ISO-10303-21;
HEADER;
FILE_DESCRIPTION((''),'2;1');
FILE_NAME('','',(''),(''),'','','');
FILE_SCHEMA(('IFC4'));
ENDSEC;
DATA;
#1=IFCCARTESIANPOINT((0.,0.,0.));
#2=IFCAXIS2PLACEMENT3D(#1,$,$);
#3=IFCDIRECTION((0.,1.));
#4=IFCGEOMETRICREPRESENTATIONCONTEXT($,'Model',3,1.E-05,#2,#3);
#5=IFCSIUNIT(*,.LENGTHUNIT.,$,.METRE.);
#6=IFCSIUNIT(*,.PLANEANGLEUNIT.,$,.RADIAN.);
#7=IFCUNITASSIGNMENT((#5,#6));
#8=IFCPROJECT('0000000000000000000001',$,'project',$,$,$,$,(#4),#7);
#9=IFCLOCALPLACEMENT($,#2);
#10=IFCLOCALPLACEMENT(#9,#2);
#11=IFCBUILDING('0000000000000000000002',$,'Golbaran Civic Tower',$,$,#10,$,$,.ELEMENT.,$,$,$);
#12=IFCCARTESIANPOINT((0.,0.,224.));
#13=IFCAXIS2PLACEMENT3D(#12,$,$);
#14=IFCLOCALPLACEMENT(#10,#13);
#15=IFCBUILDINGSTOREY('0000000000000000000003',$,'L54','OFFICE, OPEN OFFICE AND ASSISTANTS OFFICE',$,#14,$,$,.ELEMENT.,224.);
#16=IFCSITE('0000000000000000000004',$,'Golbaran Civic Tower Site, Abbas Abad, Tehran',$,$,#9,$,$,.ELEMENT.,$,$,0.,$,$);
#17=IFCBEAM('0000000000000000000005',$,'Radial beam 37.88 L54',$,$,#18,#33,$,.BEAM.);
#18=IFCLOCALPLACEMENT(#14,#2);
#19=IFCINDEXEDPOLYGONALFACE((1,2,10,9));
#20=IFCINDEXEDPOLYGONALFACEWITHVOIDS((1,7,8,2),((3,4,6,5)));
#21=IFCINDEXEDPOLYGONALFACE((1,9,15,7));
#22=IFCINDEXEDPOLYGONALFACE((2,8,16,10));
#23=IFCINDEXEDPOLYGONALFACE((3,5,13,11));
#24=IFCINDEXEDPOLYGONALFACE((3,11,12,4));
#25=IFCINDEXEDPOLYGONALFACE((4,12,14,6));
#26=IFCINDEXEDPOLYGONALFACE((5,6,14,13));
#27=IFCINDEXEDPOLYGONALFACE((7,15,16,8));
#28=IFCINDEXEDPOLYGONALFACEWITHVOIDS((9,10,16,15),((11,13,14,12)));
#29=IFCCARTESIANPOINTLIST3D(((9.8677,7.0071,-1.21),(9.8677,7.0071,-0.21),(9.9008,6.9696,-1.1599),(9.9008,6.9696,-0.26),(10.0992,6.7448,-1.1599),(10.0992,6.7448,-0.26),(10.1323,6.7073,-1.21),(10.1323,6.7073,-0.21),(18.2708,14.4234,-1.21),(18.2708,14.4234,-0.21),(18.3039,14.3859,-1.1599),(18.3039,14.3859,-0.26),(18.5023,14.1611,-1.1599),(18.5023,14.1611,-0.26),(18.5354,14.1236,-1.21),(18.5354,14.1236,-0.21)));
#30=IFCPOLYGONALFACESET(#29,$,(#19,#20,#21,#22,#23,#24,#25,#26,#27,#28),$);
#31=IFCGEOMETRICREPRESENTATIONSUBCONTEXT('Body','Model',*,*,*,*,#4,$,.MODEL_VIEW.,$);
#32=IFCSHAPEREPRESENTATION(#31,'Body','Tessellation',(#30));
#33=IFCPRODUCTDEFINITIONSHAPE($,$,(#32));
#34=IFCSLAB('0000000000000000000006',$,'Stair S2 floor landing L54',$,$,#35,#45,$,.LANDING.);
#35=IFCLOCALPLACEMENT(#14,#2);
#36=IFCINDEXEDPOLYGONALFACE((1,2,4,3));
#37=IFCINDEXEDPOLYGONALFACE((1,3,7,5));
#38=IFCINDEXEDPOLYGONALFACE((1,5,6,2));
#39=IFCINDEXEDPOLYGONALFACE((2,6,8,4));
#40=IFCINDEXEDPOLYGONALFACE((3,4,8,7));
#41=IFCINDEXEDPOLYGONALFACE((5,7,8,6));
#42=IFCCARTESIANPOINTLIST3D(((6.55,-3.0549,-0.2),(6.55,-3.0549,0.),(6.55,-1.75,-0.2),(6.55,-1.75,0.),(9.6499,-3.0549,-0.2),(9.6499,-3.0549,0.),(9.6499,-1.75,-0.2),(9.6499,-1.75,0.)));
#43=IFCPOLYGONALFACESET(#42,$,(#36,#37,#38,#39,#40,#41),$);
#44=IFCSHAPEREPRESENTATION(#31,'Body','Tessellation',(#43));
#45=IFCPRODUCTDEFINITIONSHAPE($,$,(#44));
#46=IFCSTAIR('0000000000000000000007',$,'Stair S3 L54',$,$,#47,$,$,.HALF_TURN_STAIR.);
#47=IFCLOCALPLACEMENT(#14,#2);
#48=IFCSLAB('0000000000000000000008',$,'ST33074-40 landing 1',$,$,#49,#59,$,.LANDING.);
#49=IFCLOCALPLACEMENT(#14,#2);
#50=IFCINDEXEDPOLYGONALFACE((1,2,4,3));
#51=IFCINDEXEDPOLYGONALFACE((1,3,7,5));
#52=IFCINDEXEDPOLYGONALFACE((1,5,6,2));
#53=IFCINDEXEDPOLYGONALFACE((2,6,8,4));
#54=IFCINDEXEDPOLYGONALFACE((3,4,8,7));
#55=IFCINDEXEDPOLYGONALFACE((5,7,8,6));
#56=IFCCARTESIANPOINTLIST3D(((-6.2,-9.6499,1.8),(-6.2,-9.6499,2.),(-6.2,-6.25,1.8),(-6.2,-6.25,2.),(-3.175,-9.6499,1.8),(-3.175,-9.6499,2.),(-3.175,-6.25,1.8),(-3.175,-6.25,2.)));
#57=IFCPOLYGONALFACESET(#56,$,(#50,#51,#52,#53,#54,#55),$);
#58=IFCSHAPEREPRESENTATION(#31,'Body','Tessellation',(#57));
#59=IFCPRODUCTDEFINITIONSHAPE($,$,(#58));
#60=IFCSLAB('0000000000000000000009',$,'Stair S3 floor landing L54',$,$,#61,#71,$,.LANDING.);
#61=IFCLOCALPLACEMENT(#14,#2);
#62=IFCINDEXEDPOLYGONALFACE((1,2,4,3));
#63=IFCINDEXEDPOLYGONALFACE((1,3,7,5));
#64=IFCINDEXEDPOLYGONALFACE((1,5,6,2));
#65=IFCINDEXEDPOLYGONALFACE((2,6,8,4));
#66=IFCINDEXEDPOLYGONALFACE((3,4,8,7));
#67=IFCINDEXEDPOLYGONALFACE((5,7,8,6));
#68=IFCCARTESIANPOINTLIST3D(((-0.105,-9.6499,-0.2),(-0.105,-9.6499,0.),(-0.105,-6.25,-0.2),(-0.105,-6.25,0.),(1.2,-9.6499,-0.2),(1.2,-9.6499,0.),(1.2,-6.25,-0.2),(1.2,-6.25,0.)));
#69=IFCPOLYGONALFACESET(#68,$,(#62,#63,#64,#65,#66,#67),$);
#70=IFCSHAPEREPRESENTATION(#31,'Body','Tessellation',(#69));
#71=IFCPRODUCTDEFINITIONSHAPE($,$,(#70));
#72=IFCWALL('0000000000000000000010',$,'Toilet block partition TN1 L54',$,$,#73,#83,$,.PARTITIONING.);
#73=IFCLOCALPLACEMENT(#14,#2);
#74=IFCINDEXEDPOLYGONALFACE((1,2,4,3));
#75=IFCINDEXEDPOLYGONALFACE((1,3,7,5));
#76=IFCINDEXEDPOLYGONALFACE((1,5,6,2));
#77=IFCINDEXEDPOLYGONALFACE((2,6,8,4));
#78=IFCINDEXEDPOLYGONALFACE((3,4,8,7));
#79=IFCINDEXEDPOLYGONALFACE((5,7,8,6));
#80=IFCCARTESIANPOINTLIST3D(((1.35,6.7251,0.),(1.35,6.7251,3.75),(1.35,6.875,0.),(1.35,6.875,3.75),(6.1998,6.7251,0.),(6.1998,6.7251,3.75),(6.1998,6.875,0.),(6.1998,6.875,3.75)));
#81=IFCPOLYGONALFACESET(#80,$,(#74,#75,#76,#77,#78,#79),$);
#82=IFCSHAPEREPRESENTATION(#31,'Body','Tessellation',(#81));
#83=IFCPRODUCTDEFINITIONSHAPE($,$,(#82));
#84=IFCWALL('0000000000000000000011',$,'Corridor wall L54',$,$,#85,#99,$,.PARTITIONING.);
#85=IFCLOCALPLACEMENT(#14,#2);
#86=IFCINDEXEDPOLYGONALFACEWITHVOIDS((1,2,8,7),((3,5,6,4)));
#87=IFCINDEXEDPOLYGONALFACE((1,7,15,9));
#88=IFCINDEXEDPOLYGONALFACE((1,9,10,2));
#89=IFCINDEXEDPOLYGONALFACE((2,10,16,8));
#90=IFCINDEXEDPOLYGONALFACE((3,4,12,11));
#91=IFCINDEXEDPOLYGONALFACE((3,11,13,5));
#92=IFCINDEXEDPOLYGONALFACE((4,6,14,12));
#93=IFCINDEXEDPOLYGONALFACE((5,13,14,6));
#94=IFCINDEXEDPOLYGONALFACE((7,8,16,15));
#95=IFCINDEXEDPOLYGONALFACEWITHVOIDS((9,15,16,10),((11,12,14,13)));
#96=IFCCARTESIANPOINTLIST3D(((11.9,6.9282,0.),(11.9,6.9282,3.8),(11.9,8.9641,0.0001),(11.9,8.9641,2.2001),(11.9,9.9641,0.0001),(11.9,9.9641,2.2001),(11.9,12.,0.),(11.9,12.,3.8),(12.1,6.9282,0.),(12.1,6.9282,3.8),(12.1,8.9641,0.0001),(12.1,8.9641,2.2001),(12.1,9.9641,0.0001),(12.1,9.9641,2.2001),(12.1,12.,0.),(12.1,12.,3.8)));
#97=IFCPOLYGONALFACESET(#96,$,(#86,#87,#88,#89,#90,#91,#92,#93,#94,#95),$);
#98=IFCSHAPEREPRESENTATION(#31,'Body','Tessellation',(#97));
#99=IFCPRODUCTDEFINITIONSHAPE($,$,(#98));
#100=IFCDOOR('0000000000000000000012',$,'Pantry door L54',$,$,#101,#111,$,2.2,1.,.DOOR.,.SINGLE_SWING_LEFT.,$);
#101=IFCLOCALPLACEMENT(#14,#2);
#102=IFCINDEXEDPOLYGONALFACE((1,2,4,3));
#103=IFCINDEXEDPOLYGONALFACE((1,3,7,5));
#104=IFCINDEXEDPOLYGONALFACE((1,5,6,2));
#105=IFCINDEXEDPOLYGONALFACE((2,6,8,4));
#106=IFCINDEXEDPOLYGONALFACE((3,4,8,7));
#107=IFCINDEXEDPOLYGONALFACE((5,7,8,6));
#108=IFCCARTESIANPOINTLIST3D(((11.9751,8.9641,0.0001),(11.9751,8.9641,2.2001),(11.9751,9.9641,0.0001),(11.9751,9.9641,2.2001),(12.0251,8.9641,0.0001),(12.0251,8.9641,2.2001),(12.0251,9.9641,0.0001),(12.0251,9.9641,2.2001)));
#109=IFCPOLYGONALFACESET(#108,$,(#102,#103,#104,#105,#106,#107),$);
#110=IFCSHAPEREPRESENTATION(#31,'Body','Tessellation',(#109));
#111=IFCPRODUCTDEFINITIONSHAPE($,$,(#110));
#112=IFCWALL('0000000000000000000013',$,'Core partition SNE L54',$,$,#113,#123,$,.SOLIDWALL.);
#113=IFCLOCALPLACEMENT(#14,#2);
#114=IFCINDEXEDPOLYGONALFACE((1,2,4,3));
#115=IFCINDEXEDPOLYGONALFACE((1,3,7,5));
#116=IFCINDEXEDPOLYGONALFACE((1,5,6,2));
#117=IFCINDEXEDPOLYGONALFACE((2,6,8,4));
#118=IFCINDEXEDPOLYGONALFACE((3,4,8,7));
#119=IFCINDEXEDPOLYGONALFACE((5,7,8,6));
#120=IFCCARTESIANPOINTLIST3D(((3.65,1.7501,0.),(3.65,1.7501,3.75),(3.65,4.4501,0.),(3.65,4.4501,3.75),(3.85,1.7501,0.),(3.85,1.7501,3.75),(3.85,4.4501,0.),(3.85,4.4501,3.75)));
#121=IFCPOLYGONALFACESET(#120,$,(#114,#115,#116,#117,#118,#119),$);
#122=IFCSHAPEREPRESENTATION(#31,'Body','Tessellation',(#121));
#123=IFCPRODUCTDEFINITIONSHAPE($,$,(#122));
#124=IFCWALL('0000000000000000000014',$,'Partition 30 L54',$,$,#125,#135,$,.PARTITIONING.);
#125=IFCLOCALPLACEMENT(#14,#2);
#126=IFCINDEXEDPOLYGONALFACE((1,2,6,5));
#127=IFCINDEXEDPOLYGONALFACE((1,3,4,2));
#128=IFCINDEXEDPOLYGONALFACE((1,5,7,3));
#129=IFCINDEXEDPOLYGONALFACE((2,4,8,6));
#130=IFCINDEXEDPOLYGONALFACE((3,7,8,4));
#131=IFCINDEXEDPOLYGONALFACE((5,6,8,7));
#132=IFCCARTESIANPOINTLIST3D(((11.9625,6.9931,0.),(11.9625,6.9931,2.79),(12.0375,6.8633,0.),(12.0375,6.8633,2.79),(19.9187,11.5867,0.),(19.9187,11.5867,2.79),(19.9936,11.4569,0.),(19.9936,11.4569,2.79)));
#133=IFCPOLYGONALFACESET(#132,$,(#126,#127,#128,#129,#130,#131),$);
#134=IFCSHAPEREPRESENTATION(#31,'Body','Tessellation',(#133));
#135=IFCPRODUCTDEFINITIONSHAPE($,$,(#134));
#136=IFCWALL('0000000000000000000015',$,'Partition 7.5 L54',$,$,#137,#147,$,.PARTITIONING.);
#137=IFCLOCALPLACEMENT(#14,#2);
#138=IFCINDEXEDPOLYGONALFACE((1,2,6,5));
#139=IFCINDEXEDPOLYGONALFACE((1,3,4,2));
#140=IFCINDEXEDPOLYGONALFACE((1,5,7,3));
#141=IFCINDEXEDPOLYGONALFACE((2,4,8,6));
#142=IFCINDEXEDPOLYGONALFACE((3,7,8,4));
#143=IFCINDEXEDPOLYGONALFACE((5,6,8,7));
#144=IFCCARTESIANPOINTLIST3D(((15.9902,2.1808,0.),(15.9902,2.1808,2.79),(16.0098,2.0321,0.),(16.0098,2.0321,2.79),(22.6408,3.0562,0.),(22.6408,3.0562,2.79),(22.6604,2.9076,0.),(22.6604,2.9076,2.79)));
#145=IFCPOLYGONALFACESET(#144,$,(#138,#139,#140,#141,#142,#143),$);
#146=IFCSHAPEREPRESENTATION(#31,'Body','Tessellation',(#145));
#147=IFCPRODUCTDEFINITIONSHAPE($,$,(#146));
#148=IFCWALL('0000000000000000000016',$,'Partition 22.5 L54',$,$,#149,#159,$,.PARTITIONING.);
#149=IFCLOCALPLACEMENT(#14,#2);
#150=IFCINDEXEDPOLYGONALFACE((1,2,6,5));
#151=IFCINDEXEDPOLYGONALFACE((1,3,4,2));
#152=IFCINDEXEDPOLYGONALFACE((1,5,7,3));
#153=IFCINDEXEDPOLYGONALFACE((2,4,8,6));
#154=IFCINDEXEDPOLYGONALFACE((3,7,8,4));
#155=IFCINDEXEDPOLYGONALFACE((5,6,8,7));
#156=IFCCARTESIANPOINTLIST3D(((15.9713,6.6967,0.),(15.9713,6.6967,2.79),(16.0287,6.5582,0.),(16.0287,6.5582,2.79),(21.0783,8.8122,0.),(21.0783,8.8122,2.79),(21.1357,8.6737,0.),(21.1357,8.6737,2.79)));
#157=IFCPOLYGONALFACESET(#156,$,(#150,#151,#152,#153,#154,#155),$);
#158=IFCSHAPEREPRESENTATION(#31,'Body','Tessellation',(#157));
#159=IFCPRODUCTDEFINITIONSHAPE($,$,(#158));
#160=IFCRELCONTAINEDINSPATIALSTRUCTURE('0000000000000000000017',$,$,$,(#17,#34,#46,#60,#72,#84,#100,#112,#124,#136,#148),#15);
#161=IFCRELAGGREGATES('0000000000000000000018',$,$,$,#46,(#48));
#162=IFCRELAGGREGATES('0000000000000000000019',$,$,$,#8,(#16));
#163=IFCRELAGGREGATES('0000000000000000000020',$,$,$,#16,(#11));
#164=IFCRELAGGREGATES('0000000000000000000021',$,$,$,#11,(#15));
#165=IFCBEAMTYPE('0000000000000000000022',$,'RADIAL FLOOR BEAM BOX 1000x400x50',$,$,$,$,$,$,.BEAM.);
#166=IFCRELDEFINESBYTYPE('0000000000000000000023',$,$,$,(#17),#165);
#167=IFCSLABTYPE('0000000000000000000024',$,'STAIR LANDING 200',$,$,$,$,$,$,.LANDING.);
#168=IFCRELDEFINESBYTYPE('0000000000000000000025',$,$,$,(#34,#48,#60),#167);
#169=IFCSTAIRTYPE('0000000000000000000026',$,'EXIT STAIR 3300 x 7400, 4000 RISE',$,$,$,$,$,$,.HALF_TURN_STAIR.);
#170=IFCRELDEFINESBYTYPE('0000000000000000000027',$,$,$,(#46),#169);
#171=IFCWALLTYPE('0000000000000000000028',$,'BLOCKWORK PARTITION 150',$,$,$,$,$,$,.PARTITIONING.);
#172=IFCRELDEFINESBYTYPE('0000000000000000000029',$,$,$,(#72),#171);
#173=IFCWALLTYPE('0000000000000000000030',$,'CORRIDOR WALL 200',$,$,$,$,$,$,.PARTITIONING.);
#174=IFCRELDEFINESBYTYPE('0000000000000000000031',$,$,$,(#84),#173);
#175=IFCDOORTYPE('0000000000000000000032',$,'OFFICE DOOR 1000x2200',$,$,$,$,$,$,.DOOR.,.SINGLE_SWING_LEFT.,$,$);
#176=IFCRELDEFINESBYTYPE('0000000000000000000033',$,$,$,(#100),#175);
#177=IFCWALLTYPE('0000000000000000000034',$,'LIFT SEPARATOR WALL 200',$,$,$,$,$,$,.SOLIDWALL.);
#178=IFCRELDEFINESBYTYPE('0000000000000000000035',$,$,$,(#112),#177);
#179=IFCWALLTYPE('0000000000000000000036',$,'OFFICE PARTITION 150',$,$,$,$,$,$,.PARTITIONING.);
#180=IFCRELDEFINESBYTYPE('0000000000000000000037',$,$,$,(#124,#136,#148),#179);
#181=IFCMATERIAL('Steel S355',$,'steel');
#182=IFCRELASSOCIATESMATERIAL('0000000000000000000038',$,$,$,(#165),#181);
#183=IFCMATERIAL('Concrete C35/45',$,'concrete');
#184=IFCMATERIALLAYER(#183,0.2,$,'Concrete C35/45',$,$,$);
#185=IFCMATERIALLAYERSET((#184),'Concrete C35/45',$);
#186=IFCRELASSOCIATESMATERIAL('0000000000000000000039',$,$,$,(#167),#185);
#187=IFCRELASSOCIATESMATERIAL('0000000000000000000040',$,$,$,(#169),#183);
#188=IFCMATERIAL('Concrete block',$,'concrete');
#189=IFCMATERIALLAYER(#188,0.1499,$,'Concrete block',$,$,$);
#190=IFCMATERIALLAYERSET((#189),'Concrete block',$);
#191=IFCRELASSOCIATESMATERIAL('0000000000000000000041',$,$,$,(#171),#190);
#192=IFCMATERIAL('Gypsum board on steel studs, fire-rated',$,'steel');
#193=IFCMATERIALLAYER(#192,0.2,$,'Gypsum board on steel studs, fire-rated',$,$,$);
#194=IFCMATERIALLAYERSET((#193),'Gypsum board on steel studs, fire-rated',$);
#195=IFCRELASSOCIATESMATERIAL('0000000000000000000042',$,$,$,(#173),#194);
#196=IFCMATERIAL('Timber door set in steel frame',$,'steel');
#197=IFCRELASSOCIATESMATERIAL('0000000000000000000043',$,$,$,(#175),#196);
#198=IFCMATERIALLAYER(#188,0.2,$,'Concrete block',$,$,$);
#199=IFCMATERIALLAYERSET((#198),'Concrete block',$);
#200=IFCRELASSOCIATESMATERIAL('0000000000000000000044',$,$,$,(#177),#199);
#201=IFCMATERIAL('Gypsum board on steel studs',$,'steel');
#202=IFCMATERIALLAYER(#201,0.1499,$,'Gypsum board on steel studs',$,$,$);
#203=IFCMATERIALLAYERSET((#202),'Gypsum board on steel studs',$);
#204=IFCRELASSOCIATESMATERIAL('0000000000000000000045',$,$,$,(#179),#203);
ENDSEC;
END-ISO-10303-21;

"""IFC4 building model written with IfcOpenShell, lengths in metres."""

from ifc_helpers import new_model, si_unit, direction, frame, frame_2d, origin, origin_2d, place, context, subcontext, project, spatial, polyline, rectangle, hollow_rectangle, outline, extrude, material, layer, layer_set, material_profile, profile_set, type_object, element, fill, aggregate, save


model = new_model("IFC4")

# Units and contexts
model_context = context("Model", 3, precision=1e-05, world=origin(), true_north=direction((0.0, 1.0)))
body_context = subcontext(model_context, "Body", "Model", "MODEL_VIEW")
ifc_project = project(units=[si_unit("LENGTHUNIT", "METRE"), si_unit("PLANEANGLEUNIT", "RADIAN")], contexts=[model_context])

# Site, building, storey
site_placement = place(None, origin())
site = spatial("IfcSite", under=ifc_project, at=site_placement, Name="Golbaran Civic Tower Site, Abbas Abad, Tehran", CompositionType="ELEMENT", RefElevation=0.0)
building_placement = place(site_placement, origin())
building = spatial("IfcBuilding", under=site, at=building_placement, Name="Golbaran Civic Tower", CompositionType="ELEMENT")
storey_placement = place(building_placement, frame((0.0, 0.0, 224.0)))
storey = spatial("IfcBuildingStorey", under=building, at=storey_placement, Name="L54", Description="OFFICE, OPEN OFFICE AND ASSISTANTS OFFICE", CompositionType="ELEMENT", Elevation=224.0)

# Beam
ifc_material_1 = material(Name="Steel S355", Category="steel")
ifc_material_profile_1 = material_profile(ifc_material_1, hollow_rectangle(XDim=0.3999, YDim=1.0, WallThickness=0.05, at=origin_2d()), Name="BOX 1000x400x50")
ifc_profile_set_1 = profile_set([ifc_material_profile_1], Name="Steel S355")
beam_type_1 = type_object("IfcBeamType", Name="RADIAL FLOOR BEAM BOX 1000x400x50", PredefinedType="BEAM", material=ifc_profile_set_1)
beam_1_placement = place(storey_placement, frame((10.0, 6.8572, -0.71), z_axis=(0.749759, 0.661711, 0.0), x_axis=(-0.661711, 0.749759, 0.0)))
element("IfcBeam", 1, at=beam_1_placement, inside=storey, type_object=beam_type_1, Name="Radial beam 37.88 L54", PredefinedType="BEAM", context=body_context, shape_type="SweptSolid", body=[
    extrude(hollow_rectangle(XDim=0.3999, YDim=1.0, WallThickness=0.05, at=origin_2d()), origin(), (0.0, 0.0, 1.0), 11.2078),
])

# Slab
ifc_material_2 = material(Name="Concrete C35/45", Category="concrete")
ifc_layer_1 = layer(ifc_material_2, 0.2, Name="Concrete C35/45")
ifc_layer_set_1 = layer_set([ifc_layer_1], Name="Concrete C35/45")
slab_type = type_object("IfcSlabType", Name="STAIR LANDING 200", PredefinedType="LANDING", material=ifc_layer_set_1)
slab_1_placement = place(storey_placement, frame((0.0, 0.0, -0.2)))
element("IfcSlab", 2, at=slab_1_placement, inside=storey, type_object=slab_type, Name="Stair S2 floor landing L54", PredefinedType="LANDING", context=body_context, shape_type="SweptSolid", body=[
    extrude(outline(polyline([(9.6499, -1.75), (9.6499, -3.0549), (6.55, -3.0549), (6.55, -1.75), (9.6499, -1.75)])), origin(), (0.0, 0.0, 1.0), 0.2),
])

# Stair, slab
stair_type = type_object("IfcStairType", Name="EXIT STAIR 3300 x 7400, 4000 RISE", PredefinedType="HALF_TURN_STAIR", material=ifc_material_2)
stair_placement = place(storey_placement, origin())
stair = element("IfcStair", 3, at=stair_placement, inside=storey, type_object=stair_type, Name="Stair S3 L54", PredefinedType="HALF_TURN_STAIR")
slab_2_placement = place(storey_placement, frame((0.0, 0.0, 1.8)))
slab_2 = element("IfcSlab", 4, at=slab_2_placement, type_object=slab_type, Name="ST33074-40 landing 1", PredefinedType="LANDING", context=body_context, shape_type="SweptSolid", body=[
    extrude(outline(polyline([(-3.175, -9.6499), (-6.2, -9.6499), (-6.2, -6.25), (-3.175, -6.25), (-3.175, -9.6499)])), origin(), (0.0, 0.0, 1.0), 0.2),
])
aggregate(stair, [slab_2])

# Slab
slab_3_placement = place(storey_placement, frame((0.0, 0.0, -0.2)))
element("IfcSlab", 5, at=slab_3_placement, inside=storey, type_object=slab_type, Name="Stair S3 floor landing L54", PredefinedType="LANDING", context=body_context, shape_type="SweptSolid", body=[
    extrude(outline(polyline([(1.2, -9.6499), (-0.105, -9.6499), (-0.105, -6.25), (1.2, -6.25), (1.2, -9.6499)])), origin(), (0.0, 0.0, 1.0), 0.2),
])

# Wall
ifc_material_3 = material(Name="Concrete block", Category="concrete")
ifc_layer_2 = layer(ifc_material_3, 0.1499, Name="Concrete block")
ifc_layer_set_2 = layer_set([ifc_layer_2], Name="Concrete block")
wall_type_1 = type_object("IfcWallType", Name="BLOCKWORK PARTITION 150", PredefinedType="PARTITIONING", material=ifc_layer_set_2)
wall_1_placement = place(storey_placement, frame((1.3501, 6.8, 0.0), z_axis=(0.0, 0.0, 1.0), x_axis=(1.0, 0.0, 0.0)))
element("IfcWall", 6, at=wall_1_placement, inside=storey, type_object=wall_type_1, Name="Toilet block partition TN1 L54", PredefinedType="PARTITIONING", context=body_context, shape_type="SweptSolid", body=[
    extrude(rectangle(XDim=4.8499, YDim=0.1499, at=frame_2d((2.4248, 0.0))), origin(), (0.0, 0.0, 1.0), 3.75),
])

# Wall, opening, door
ifc_material_4 = material(Name="Gypsum board on steel studs, fire-rated", Category="steel")
ifc_layer_3 = layer(ifc_material_4, 0.2, Name="Gypsum board on steel studs, fire-rated")
ifc_layer_set_3 = layer_set([ifc_layer_3], Name="Gypsum board on steel studs, fire-rated")
wall_type_2 = type_object("IfcWallType", Name="CORRIDOR WALL 200", PredefinedType="PARTITIONING", material=ifc_layer_set_3)
wall_2_placement = place(storey_placement, frame((12.0, 6.9282, 0.0), z_axis=(0.0, 0.0, 1.0), x_axis=(0.0, 1.0, 0.0)))
wall_2 = element("IfcWall", 7, at=wall_2_placement, inside=storey, type_object=wall_type_2, Name="Corridor wall L54", PredefinedType="PARTITIONING", context=body_context, shape_type="SweptSolid", body=[
    extrude(rectangle(XDim=5.0718, YDim=0.2, at=frame_2d((2.5359, 0.0))), origin(), (0.0, 0.0, 1.0), 3.8),
])
opening_1_placement = place(wall_2_placement, frame((2.0359, 0.0, 0.0)))
opening_1 = element("IfcOpeningElement", 8, at=opening_1_placement, cuts=wall_2, PredefinedType="OPENING", context=body_context, shape_type="SweptSolid", body=[
    extrude(rectangle(XDim=1.0, YDim=2.2, at=frame_2d((0.5, 1.1001))), frame((0.0, 0.1099, 0.0), z_axis=(0.0, -1.0, 0.0), x_axis=(1.0, 0.0, 0.0)), (0.0, 0.0, 1.0), 0.22),
])
ifc_material_5 = material(Name="Timber door set in steel frame", Category="steel")
door_type_1 = type_object("IfcDoorType", Name="OFFICE DOOR 1000x2200", OperationType="SINGLE_SWING_LEFT", PredefinedType="DOOR", material=ifc_material_5)
door_1_placement = place(opening_1_placement, origin())
door_1 = element("IfcDoor", 9, at=door_1_placement, inside=storey, type_object=door_type_1, Name="Pantry door L54", OperationType="SINGLE_SWING_LEFT", OverallHeight=2.2, OverallWidth=1.0, PredefinedType="DOOR", context=body_context, shape_type="SweptSolid", body=[
    extrude(rectangle(XDim=1.0, YDim=2.2, at=frame_2d((0.5, 1.1001))), frame((0.0, 0.0249, 0.0), z_axis=(0.0, -1.0, 0.0), x_axis=(1.0, 0.0, 0.0)), (0.0, 0.0, 1.0), 0.05),
])
fill(opening_1, door_1)

# Walls
ifc_layer_4 = layer(ifc_material_3, 0.2, Name="Concrete block")
ifc_layer_set_4 = layer_set([ifc_layer_4], Name="Concrete block")
wall_type_3 = type_object("IfcWallType", Name="LIFT SEPARATOR WALL 200", PredefinedType="SOLIDWALL", material=ifc_layer_set_4)
wall_3_placement = place(storey_placement, frame((3.75, 1.75, 0.0), z_axis=(0.0, 0.0, 1.0), x_axis=(0.0, 1.0, 0.0)))
element("IfcWall", 10, at=wall_3_placement, inside=storey, type_object=wall_type_3, Name="Core partition SNE L54", PredefinedType="SOLIDWALL", context=body_context, shape_type="SweptSolid", body=[
    extrude(rectangle(XDim=2.7, YDim=0.2, at=frame_2d((1.3501, 0.0))), origin(), (0.0, 0.0, 1.0), 3.75),
])
ifc_material_6 = material(Name="Gypsum board on steel studs", Category="steel")
ifc_layer_5 = layer(ifc_material_6, 0.1499, Name="Gypsum board on steel studs")
ifc_layer_set_5 = layer_set([ifc_layer_5], Name="Gypsum board on steel studs")
wall_type_4 = type_object("IfcWallType", Name="OFFICE PARTITION 150", PredefinedType="PARTITIONING", material=ifc_layer_set_5)
wall_4_placement = place(storey_placement, frame((12.0, 6.9282, 0.0), z_axis=(0.0, 0.0, 1.0), x_axis=(0.866022, 0.500006, 0.0)))
element("IfcWall", 11, at=wall_4_placement, inside=storey, type_object=wall_type_4, Name="Partition 30 L54", PredefinedType="PARTITIONING", context=body_context, shape_type="SweptSolid", body=[
    extrude(rectangle(XDim=9.187, YDim=0.1499, at=frame_2d((4.5935, 0.0))), origin(), (0.0, 0.0, 1.0), 2.79),
])
wall_5_placement = place(storey_placement, frame((16.0, 2.1064, 0.0), z_axis=(0.0, 0.0, 1.0), x_axis=(0.991446, 0.130514, 0.0)))
element("IfcWall", 12, at=wall_5_placement, inside=storey, type_object=wall_type_4, Name="Partition 7.5 L54", PredefinedType="PARTITIONING", context=body_context, shape_type="SweptSolid", body=[
    extrude(rectangle(XDim=6.708, YDim=0.1499, at=frame_2d((3.354, 0.0))), origin(), (0.0, 0.0, 1.0), 2.79),
])
wall_6_placement = place(storey_placement, frame((16.0, 6.6274, 0.0), z_axis=(0.0, 0.0, 1.0), x_axis=(0.923872, 0.382702, 0.0)))
element("IfcWall", 13, at=wall_6_placement, inside=storey, type_object=wall_type_4, Name="Partition 22.5 L54", PredefinedType="PARTITIONING", context=body_context, shape_type="SweptSolid", body=[
    extrude(rectangle(XDim=5.5278, YDim=0.1499, at=frame_2d((2.7639, 0.0))), origin(), (0.0, 0.0, 1.0), 2.79),
])

save(model, "model.ifc")
